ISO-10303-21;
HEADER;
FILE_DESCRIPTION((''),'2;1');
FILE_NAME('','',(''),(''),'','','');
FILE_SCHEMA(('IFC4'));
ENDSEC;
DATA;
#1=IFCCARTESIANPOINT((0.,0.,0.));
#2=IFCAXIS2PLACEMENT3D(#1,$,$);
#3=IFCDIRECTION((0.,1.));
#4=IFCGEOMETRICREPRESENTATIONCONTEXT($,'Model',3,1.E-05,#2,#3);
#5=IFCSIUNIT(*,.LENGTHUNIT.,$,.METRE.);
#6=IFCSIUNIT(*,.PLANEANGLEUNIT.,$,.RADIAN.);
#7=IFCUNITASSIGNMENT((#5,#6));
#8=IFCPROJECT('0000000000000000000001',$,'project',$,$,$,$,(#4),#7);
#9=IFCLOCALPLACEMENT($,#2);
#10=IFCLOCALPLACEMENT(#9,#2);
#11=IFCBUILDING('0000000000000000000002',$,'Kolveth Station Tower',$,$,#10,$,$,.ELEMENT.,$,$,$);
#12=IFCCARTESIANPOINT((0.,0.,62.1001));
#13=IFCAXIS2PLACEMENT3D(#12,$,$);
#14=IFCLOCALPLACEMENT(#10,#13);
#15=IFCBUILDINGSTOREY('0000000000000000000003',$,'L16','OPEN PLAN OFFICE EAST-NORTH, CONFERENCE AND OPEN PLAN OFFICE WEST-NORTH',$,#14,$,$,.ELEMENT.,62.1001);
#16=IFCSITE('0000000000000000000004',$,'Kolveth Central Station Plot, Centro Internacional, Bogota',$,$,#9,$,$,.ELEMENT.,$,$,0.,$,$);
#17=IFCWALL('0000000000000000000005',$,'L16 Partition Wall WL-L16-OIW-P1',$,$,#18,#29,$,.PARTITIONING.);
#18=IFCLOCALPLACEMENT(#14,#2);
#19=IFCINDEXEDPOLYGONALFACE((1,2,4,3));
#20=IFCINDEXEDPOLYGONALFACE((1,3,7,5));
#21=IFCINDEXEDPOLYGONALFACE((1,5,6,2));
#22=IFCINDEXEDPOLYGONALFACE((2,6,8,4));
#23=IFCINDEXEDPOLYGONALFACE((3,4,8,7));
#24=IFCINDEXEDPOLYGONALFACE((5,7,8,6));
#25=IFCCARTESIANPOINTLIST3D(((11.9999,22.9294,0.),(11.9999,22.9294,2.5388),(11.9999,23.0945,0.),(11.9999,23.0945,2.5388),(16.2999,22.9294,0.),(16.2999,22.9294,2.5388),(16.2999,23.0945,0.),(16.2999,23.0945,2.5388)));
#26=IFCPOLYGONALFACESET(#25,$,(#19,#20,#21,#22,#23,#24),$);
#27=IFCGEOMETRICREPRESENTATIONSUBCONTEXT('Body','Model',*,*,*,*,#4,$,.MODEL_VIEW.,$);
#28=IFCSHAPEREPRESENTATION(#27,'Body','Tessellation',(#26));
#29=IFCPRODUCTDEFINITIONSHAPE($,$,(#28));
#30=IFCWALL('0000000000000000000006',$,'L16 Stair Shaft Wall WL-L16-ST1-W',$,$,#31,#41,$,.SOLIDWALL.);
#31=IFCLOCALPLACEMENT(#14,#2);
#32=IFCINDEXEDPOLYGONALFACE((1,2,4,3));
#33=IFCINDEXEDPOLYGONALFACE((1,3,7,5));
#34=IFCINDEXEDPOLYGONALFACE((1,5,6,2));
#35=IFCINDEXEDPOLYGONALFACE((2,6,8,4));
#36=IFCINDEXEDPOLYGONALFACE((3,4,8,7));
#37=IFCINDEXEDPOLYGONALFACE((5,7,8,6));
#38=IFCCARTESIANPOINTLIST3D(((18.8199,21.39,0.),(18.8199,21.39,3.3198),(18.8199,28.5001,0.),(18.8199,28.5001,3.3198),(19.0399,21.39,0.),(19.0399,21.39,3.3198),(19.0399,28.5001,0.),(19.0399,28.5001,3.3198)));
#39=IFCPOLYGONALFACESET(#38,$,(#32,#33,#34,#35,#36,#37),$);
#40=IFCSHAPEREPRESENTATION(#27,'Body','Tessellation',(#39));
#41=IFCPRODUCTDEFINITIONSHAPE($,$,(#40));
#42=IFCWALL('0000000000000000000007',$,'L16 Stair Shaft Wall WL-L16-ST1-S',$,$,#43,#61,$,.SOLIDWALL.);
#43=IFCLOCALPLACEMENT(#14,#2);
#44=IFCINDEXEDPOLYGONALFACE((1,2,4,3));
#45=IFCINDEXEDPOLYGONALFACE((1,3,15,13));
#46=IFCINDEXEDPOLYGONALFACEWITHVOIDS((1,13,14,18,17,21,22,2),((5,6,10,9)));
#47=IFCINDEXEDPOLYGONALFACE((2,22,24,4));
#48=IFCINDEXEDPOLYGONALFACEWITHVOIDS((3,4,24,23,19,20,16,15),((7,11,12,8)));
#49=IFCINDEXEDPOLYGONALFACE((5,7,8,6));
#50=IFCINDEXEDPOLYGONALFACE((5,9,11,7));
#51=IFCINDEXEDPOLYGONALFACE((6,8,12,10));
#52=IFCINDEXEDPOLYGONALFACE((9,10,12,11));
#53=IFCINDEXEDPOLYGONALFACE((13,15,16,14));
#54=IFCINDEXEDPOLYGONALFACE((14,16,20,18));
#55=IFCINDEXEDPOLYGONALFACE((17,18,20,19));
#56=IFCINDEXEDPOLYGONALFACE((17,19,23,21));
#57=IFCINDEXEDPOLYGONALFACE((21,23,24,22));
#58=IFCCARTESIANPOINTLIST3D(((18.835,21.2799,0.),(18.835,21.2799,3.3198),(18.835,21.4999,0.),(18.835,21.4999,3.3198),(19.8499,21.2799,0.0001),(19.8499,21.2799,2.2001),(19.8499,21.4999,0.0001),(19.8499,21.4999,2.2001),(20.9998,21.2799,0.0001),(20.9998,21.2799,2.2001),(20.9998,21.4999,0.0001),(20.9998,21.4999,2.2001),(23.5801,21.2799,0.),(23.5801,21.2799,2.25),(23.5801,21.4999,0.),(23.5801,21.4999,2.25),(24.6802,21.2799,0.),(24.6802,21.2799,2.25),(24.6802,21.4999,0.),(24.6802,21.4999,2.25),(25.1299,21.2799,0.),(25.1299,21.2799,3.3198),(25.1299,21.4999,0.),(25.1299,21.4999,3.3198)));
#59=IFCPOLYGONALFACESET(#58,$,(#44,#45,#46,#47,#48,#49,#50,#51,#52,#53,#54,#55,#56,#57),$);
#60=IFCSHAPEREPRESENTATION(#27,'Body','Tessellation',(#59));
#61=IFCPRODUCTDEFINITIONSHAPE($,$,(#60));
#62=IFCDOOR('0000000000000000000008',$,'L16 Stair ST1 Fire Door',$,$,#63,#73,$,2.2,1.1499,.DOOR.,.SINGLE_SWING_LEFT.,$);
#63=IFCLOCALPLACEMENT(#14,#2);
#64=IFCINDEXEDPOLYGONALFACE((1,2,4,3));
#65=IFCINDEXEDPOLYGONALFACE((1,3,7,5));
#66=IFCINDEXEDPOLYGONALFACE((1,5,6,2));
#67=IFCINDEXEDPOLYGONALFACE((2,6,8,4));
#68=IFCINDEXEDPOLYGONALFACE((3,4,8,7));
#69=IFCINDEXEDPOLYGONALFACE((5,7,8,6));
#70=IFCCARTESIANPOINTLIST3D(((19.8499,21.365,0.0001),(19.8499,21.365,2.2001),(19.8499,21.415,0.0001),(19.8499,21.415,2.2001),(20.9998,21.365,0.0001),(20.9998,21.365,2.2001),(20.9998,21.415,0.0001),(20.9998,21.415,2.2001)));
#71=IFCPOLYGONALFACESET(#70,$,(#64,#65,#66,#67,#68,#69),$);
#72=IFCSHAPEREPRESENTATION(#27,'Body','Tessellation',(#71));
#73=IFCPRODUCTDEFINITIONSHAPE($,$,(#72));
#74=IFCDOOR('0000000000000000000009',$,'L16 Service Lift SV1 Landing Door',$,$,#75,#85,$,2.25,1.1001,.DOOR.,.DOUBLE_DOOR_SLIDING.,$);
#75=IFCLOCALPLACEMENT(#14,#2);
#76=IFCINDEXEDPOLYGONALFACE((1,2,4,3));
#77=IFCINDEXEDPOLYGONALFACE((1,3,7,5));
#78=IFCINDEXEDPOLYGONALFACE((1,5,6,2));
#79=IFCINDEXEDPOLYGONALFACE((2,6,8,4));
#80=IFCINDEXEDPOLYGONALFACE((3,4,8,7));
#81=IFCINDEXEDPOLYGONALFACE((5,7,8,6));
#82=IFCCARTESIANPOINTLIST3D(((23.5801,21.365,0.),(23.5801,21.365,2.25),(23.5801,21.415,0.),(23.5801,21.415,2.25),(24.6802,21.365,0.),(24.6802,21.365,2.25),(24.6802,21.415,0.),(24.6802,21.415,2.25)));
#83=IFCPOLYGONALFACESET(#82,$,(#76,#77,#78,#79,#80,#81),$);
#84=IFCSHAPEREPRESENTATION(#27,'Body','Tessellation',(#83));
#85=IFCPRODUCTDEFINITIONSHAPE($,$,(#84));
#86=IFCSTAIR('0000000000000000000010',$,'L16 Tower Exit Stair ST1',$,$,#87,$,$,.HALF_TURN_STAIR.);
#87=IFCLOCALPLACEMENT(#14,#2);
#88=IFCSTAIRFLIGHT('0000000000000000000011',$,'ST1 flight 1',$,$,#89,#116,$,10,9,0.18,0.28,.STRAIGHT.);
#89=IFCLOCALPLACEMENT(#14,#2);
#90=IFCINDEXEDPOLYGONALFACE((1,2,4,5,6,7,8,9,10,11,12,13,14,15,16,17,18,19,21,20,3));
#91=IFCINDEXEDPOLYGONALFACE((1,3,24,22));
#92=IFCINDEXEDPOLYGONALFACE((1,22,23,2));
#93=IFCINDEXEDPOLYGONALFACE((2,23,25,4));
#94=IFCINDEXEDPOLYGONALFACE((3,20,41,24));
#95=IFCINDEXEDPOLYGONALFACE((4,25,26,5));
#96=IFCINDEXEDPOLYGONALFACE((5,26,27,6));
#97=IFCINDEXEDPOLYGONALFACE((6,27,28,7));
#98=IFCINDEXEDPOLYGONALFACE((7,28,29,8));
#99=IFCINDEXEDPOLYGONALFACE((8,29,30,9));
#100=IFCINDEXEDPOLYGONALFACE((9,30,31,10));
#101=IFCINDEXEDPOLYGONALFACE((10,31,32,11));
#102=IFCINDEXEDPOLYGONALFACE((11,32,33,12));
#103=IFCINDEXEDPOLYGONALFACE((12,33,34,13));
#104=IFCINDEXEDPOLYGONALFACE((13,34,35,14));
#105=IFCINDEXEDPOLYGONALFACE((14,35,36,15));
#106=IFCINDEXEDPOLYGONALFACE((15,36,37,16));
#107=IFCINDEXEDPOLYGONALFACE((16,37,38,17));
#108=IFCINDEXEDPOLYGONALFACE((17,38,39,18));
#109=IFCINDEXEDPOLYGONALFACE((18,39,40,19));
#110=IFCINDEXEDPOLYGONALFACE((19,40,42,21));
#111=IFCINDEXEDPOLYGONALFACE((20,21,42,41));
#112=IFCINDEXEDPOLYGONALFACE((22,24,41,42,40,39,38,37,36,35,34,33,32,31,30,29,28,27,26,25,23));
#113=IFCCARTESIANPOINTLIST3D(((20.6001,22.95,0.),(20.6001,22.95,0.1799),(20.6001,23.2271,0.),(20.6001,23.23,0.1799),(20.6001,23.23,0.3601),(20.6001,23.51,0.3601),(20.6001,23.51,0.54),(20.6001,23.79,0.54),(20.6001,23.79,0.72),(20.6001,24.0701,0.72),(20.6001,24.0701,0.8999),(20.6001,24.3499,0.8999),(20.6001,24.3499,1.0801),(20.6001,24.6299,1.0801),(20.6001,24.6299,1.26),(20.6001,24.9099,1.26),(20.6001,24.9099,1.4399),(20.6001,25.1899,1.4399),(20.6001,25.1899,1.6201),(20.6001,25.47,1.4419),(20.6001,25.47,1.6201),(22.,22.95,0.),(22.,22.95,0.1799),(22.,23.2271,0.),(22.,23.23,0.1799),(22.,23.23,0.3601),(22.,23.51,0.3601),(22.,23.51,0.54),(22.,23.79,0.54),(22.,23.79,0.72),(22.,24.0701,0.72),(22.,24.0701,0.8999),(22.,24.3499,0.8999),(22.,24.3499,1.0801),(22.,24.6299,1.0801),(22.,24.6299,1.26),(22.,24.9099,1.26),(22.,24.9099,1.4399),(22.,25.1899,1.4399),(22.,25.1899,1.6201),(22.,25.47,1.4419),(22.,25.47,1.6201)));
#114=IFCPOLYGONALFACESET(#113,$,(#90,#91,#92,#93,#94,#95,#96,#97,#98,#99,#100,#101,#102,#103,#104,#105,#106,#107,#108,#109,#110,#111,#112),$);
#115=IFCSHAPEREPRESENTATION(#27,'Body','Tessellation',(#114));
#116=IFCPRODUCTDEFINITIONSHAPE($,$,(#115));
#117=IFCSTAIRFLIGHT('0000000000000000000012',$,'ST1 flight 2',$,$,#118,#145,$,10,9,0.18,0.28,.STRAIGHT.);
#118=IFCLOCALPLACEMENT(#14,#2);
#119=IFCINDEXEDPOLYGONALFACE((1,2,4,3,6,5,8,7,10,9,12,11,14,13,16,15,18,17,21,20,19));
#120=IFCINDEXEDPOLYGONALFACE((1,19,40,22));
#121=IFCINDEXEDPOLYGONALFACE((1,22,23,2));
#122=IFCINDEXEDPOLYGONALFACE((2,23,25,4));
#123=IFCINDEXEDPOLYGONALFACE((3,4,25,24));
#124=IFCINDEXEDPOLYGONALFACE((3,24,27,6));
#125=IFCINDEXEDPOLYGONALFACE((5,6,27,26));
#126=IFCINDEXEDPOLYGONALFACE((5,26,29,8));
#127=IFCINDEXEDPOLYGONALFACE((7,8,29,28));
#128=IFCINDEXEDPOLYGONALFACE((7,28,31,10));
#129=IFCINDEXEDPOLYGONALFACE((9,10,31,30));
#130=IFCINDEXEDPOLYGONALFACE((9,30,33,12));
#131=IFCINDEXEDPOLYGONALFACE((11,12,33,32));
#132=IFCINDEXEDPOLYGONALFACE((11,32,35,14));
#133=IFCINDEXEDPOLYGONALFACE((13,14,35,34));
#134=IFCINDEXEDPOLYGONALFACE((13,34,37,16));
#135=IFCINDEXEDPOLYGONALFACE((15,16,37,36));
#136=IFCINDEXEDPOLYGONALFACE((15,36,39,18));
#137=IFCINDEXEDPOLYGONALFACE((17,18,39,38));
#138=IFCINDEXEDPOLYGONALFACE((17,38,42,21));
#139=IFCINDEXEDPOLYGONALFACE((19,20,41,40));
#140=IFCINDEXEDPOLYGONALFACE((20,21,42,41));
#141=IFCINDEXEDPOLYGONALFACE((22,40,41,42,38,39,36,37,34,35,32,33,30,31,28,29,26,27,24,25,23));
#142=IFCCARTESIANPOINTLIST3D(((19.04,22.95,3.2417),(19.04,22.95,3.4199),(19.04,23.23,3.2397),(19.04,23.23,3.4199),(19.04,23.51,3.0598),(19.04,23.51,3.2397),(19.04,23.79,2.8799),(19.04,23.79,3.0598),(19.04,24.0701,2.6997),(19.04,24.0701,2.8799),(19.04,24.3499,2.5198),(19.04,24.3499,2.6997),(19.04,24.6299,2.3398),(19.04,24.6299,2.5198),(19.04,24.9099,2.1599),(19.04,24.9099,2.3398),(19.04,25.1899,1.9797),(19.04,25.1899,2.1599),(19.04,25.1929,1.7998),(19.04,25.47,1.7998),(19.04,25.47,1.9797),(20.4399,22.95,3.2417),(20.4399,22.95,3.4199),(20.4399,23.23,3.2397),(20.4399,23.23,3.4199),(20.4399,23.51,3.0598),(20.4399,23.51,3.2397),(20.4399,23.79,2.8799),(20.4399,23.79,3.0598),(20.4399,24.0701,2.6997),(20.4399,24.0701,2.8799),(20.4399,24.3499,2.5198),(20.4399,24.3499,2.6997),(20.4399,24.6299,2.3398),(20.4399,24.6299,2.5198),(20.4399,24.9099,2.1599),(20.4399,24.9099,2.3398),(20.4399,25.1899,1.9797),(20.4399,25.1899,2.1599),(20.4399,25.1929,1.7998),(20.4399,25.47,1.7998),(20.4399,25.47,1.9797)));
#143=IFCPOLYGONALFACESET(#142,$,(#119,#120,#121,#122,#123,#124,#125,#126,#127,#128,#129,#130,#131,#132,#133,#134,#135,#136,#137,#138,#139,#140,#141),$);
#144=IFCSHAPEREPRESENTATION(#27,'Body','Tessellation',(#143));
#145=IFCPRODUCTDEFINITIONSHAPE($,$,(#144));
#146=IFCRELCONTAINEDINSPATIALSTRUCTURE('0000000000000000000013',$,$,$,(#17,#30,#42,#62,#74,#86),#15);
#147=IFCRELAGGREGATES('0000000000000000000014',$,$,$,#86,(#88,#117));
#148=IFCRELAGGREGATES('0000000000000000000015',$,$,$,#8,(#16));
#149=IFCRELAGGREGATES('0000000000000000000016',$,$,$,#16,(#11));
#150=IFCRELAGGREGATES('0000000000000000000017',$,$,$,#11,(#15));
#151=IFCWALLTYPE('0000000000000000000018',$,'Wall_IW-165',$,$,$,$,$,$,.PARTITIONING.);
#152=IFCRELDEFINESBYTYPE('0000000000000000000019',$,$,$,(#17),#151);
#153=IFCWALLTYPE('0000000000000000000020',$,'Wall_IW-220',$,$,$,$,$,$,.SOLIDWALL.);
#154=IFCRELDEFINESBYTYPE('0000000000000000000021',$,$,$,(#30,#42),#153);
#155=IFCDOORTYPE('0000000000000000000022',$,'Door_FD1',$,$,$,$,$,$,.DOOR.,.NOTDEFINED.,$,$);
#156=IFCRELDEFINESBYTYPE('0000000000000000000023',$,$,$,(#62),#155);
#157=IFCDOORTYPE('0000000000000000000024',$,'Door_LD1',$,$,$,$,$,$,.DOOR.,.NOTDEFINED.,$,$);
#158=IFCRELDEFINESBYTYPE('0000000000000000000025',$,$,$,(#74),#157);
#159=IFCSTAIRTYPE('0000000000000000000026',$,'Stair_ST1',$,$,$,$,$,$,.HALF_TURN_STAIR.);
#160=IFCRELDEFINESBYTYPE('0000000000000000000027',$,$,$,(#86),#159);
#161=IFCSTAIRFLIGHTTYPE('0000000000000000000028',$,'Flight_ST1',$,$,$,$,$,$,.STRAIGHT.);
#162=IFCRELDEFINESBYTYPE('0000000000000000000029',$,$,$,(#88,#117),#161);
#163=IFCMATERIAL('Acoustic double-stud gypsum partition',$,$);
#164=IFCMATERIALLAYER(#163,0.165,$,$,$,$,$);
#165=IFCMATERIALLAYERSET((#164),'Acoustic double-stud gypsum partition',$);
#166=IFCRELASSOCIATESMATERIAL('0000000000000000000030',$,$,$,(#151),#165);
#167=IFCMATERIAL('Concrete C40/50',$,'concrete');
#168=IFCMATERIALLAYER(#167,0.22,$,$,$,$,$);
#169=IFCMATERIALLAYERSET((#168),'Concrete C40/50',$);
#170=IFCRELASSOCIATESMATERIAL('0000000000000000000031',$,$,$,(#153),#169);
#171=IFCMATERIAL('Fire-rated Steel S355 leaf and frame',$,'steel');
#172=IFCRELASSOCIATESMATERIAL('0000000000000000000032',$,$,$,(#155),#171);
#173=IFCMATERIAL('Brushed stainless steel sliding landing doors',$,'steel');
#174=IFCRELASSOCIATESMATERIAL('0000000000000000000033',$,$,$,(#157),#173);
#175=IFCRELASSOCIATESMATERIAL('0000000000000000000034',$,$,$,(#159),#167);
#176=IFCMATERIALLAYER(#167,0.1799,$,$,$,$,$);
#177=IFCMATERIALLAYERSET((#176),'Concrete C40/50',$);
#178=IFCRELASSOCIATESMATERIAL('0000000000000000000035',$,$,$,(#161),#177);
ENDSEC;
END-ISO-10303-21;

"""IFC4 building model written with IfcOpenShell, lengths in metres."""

from ifc_helpers import new_model, si_unit, direction, frame, frame_2d, origin, place, context, subcontext, project, spatial, polyline, rectangle, outline, extrude, material, layer, layer_set, type_object, element, fill, aggregate, save


model = new_model("IFC4")

# Units and contexts
model_context = context("Model", 3, precision=1e-05, world=origin(), true_north=direction((0.0, 1.0)))
body_context = subcontext(model_context, "Body", "Model", "MODEL_VIEW")
ifc_project = project(units=[si_unit("LENGTHUNIT", "METRE"), si_unit("PLANEANGLEUNIT", "RADIAN")], contexts=[model_context])

# Site, building, storey
site_placement = place(None, origin())
site = spatial("IfcSite", under=ifc_project, at=site_placement, Name="Kolveth Central Station Plot, Centro Internacional, Bogota", CompositionType="ELEMENT", RefElevation=0.0)
building_placement = place(site_placement, origin())
building = spatial("IfcBuilding", under=site, at=building_placement, Name="Kolveth Station Tower", CompositionType="ELEMENT")
storey_placement = place(building_placement, frame((0.0, 0.0, 62.1001)))
storey = spatial("IfcBuildingStorey", under=building, at=storey_placement, Name="L16", Description="OPEN PLAN OFFICE EAST-NORTH, CONFERENCE AND OPEN PLAN OFFICE WEST-NORTH", CompositionType="ELEMENT", Elevation=62.1001)

# Walls
ifc_material_1 = material(Name="Acoustic double-stud gypsum partition")
ifc_layer_1 = layer(ifc_material_1, 0.165)
ifc_layer_set_1 = layer_set([ifc_layer_1], Name="Acoustic double-stud gypsum partition")
wall_type_1 = type_object("IfcWallType", Name="Wall_IW-165", PredefinedType="PARTITIONING", material=ifc_layer_set_1)
wall_1_placement = place(storey_placement, frame((12.0, 23.012, 0.0), z_axis=(0.0, 0.0, 1.0), x_axis=(1.0, 0.0, 0.0)))
element("IfcWall", 1, at=wall_1_placement, inside=storey, type_object=wall_type_1, Name="L16 Partition Wall WL-L16-OIW-P1", PredefinedType="PARTITIONING", context=body_context, shape_type="SweptSolid", body=[
    extrude(rectangle(XDim=4.3, YDim=0.165, at=frame_2d((2.1499, 0.0))), origin(), (0.0, 0.0, 1.0), 2.5388),
])
ifc_material_2 = material(Name="Concrete C40/50", Category="concrete")
ifc_layer_2 = layer(ifc_material_2, 0.22)
ifc_layer_set_2 = layer_set([ifc_layer_2], Name="Concrete C40/50")
wall_type_2 = type_object("IfcWallType", Name="Wall_IW-220", PredefinedType="SOLIDWALL", material=ifc_layer_set_2)
wall_2_placement = place(storey_placement, frame((18.9299, 21.3899, 0.0), z_axis=(0.0, 0.0, 1.0), x_axis=(0.0, 1.0, 0.0)))
element("IfcWall", 2, at=wall_2_placement, inside=storey, type_object=wall_type_2, Name="L16 Stair Shaft Wall WL-L16-ST1-W", PredefinedType="SOLIDWALL", context=body_context, shape_type="SweptSolid", body=[
    extrude(rectangle(XDim=7.1101, YDim=0.22, at=frame_2d((3.5552, 0.0))), origin(), (0.0, 0.0, 1.0), 3.3198),
])

# Wall, openings, doors
wall_3_placement = place(storey_placement, frame((18.835, 21.3899, 0.0), z_axis=(0.0, 0.0, 1.0), x_axis=(1.0, 0.0, 0.0)))
wall_3 = element("IfcWall", 3, at=wall_3_placement, inside=storey, type_object=wall_type_2, Name="L16 Stair Shaft Wall WL-L16-ST1-S", PredefinedType="SOLIDWALL", context=body_context, shape_type="SweptSolid", body=[
    extrude(rectangle(XDim=6.2949, YDim=0.22, at=frame_2d((3.1475, 0.0))), origin(), (0.0, 0.0, 1.0), 3.3198),
])
opening_1_placement = place(wall_3_placement, frame((1.0149, 0.0, 0.0)))
opening_1 = element("IfcOpeningElement", 4, at=opening_1_placement, cuts=wall_3, PredefinedType="OPENING", context=body_context, shape_type="SweptSolid", body=[
    extrude(rectangle(XDim=1.1499, YDim=2.2, at=frame_2d((0.575, 1.1001))), frame((0.0, 0.1199, 0.0), z_axis=(0.0, -1.0, 0.0), x_axis=(1.0, 0.0, 0.0)), (0.0, 0.0, 1.0), 0.24),
])
opening_2_placement = place(wall_3_placement, frame((4.7451, 0.0, 0.0)))
opening_2 = element("IfcOpeningElement", 5, at=opening_2_placement, cuts=wall_3, PredefinedType="OPENING", context=body_context, shape_type="SweptSolid", body=[
    extrude(rectangle(XDim=1.1001, YDim=2.25, at=frame_2d((0.55, 1.125))), frame((0.0, 0.1199, 0.0), z_axis=(0.0, -1.0, 0.0), x_axis=(1.0, 0.0, 0.0)), (0.0, 0.0, 1.0), 0.24),
])
ifc_material_3 = material(Name="Fire-rated Steel S355 leaf and frame", Category="steel")
door_type_1 = type_object("IfcDoorType", Name="Door_FD1", OperationType="NOTDEFINED", PredefinedType="DOOR", material=ifc_material_3)
door_1_placement = place(opening_1_placement, frame((1.1499, 0.0, 0.0), z_axis=(0.0, 0.0, 1.0), x_axis=(-1.0, 0.0, 0.0)))
door_1 = element("IfcDoor", 6, at=door_1_placement, inside=storey, type_object=door_type_1, Name="L16 Stair ST1 Fire Door", OperationType="SINGLE_SWING_LEFT", OverallHeight=2.2, OverallWidth=1.1499, PredefinedType="DOOR", context=body_context, shape_type="SweptSolid", body=[
    extrude(rectangle(XDim=1.1499, YDim=2.2, at=frame_2d((0.575, 1.1001))), frame((0.0, 0.0249, 0.0), z_axis=(0.0, -1.0, 0.0), x_axis=(1.0, 0.0, 0.0)), (0.0, 0.0, 1.0), 0.05),
])
fill(opening_1, door_1)
ifc_material_4 = material(Name="Brushed stainless steel sliding landing doors", Category="steel")
door_type_2 = type_object("IfcDoorType", Name="Door_LD1", OperationType="NOTDEFINED", PredefinedType="DOOR", material=ifc_material_4)
door_2_placement = place(opening_2_placement, frame((1.1001, 0.0, 0.0), z_axis=(0.0, 0.0, 1.0), x_axis=(-1.0, 0.0, 0.0)))
door_2 = element("IfcDoor", 7, at=door_2_placement, inside=storey, type_object=door_type_2, Name="L16 Service Lift SV1 Landing Door", OperationType="DOUBLE_DOOR_SLIDING", OverallHeight=2.25, OverallWidth=1.1001, PredefinedType="DOOR", context=body_context, shape_type="SweptSolid", body=[
    extrude(rectangle(XDim=1.1001, YDim=2.25, at=frame_2d((0.55, 1.125))), frame((0.0, 0.0249, 0.0), z_axis=(0.0, -1.0, 0.0), x_axis=(1.0, 0.0, 0.0)), (0.0, 0.0, 1.0), 0.05),
])
fill(opening_2, door_2)

# Stair, stair flights
stair_type = type_object("IfcStairType", Name="Stair_ST1", PredefinedType="HALF_TURN_STAIR", material=ifc_material_2)
stair_placement = place(storey_placement, origin())
stair = element("IfcStair", 8, at=stair_placement, inside=storey, type_object=stair_type, Name="L16 Tower Exit Stair ST1", PredefinedType="HALF_TURN_STAIR")
ifc_layer_3 = layer(ifc_material_2, 0.1799)
ifc_layer_set_3 = layer_set([ifc_layer_3], Name="Concrete C40/50")
stair_flight_type = type_object("IfcStairFlightType", Name="Flight_ST1", PredefinedType="STRAIGHT", material=ifc_layer_set_3)
stair_flight_1_placement = place(storey_placement, frame((21.3, 22.95, 0.0), z_axis=(0.0, 0.0, 1.0), x_axis=(0.0, 1.0, 0.0)))
stair_flight_1 = element("IfcStairFlight", 9, at=stair_flight_1_placement, type_object=stair_flight_type, Name="ST1 flight 1", NumberOfRisers=10, NumberOfTreads=9, PredefinedType="STRAIGHT", RiserHeight=0.18, TreadLength=0.28, context=body_context, shape_type="SweptSolid", body=[
    extrude(outline(polyline([(0.0, 0.0), (0.0, 0.1799), (0.28, 0.1799), (0.28, 0.3601), (0.5601, 0.3601), (0.5601, 0.54), (0.8401, 0.54), (0.8401, 0.72), (1.1201, 0.72), (1.1201, 0.8999), (1.3999, 0.8999), (1.3999, 1.0801), (1.6799, 1.0801), (1.6799, 1.26), (1.96, 1.26), (1.96, 1.4399), (2.24, 1.4399), (2.24, 1.6201), (2.52, 1.6201), (2.52, 1.8), (2.52, 1.4419), (0.2771, 0.0), (0.0, 0.0)])), frame((0.0, 0.7, 0.0), z_axis=(0.0, -1.0, 0.0), x_axis=(1.0, 0.0, 0.0)), (0.0, 0.0, 1.0), 1.3999),
])
stair_flight_2_placement = place(storey_placement, frame((19.74, 25.47, 1.7998), z_axis=(0.0, 0.0, 1.0), x_axis=(0.0, -1.0, 0.0)))
stair_flight_2 = element("IfcStairFlight", 10, at=stair_flight_2_placement, type_object=stair_flight_type, Name="ST1 flight 2", NumberOfRisers=10, NumberOfTreads=9, PredefinedType="STRAIGHT", RiserHeight=0.18, TreadLength=0.28, context=body_context, shape_type="SweptSolid", body=[
    extrude(outline(polyline([(0.0, 0.0), (0.0, 0.1799), (0.28, 0.1799), (0.28, 0.3601), (0.5601, 0.3601), (0.5601, 0.54), (0.8401, 0.54), (0.8401, 0.72), (1.1201, 0.72), (1.1201, 0.8999), (1.3999, 0.8999), (1.3999, 1.0801), (1.6799, 1.0801), (1.6799, 1.26), (1.96, 1.26), (1.96, 1.4399), (2.24, 1.4399), (2.24, 1.6201), (2.52, 1.6201), (2.52, 1.8), (2.52, 1.4419), (0.2771, 0.0), (0.0, 0.0)])), frame((0.0, 0.7, 0.0), z_axis=(0.0, -1.0, 0.0), x_axis=(1.0, 0.0, 0.0)), (0.0, 0.0, 1.0), 1.3999),
])
aggregate(stair, [stair_flight_1, stair_flight_2])

save(model, "model.ifc")
